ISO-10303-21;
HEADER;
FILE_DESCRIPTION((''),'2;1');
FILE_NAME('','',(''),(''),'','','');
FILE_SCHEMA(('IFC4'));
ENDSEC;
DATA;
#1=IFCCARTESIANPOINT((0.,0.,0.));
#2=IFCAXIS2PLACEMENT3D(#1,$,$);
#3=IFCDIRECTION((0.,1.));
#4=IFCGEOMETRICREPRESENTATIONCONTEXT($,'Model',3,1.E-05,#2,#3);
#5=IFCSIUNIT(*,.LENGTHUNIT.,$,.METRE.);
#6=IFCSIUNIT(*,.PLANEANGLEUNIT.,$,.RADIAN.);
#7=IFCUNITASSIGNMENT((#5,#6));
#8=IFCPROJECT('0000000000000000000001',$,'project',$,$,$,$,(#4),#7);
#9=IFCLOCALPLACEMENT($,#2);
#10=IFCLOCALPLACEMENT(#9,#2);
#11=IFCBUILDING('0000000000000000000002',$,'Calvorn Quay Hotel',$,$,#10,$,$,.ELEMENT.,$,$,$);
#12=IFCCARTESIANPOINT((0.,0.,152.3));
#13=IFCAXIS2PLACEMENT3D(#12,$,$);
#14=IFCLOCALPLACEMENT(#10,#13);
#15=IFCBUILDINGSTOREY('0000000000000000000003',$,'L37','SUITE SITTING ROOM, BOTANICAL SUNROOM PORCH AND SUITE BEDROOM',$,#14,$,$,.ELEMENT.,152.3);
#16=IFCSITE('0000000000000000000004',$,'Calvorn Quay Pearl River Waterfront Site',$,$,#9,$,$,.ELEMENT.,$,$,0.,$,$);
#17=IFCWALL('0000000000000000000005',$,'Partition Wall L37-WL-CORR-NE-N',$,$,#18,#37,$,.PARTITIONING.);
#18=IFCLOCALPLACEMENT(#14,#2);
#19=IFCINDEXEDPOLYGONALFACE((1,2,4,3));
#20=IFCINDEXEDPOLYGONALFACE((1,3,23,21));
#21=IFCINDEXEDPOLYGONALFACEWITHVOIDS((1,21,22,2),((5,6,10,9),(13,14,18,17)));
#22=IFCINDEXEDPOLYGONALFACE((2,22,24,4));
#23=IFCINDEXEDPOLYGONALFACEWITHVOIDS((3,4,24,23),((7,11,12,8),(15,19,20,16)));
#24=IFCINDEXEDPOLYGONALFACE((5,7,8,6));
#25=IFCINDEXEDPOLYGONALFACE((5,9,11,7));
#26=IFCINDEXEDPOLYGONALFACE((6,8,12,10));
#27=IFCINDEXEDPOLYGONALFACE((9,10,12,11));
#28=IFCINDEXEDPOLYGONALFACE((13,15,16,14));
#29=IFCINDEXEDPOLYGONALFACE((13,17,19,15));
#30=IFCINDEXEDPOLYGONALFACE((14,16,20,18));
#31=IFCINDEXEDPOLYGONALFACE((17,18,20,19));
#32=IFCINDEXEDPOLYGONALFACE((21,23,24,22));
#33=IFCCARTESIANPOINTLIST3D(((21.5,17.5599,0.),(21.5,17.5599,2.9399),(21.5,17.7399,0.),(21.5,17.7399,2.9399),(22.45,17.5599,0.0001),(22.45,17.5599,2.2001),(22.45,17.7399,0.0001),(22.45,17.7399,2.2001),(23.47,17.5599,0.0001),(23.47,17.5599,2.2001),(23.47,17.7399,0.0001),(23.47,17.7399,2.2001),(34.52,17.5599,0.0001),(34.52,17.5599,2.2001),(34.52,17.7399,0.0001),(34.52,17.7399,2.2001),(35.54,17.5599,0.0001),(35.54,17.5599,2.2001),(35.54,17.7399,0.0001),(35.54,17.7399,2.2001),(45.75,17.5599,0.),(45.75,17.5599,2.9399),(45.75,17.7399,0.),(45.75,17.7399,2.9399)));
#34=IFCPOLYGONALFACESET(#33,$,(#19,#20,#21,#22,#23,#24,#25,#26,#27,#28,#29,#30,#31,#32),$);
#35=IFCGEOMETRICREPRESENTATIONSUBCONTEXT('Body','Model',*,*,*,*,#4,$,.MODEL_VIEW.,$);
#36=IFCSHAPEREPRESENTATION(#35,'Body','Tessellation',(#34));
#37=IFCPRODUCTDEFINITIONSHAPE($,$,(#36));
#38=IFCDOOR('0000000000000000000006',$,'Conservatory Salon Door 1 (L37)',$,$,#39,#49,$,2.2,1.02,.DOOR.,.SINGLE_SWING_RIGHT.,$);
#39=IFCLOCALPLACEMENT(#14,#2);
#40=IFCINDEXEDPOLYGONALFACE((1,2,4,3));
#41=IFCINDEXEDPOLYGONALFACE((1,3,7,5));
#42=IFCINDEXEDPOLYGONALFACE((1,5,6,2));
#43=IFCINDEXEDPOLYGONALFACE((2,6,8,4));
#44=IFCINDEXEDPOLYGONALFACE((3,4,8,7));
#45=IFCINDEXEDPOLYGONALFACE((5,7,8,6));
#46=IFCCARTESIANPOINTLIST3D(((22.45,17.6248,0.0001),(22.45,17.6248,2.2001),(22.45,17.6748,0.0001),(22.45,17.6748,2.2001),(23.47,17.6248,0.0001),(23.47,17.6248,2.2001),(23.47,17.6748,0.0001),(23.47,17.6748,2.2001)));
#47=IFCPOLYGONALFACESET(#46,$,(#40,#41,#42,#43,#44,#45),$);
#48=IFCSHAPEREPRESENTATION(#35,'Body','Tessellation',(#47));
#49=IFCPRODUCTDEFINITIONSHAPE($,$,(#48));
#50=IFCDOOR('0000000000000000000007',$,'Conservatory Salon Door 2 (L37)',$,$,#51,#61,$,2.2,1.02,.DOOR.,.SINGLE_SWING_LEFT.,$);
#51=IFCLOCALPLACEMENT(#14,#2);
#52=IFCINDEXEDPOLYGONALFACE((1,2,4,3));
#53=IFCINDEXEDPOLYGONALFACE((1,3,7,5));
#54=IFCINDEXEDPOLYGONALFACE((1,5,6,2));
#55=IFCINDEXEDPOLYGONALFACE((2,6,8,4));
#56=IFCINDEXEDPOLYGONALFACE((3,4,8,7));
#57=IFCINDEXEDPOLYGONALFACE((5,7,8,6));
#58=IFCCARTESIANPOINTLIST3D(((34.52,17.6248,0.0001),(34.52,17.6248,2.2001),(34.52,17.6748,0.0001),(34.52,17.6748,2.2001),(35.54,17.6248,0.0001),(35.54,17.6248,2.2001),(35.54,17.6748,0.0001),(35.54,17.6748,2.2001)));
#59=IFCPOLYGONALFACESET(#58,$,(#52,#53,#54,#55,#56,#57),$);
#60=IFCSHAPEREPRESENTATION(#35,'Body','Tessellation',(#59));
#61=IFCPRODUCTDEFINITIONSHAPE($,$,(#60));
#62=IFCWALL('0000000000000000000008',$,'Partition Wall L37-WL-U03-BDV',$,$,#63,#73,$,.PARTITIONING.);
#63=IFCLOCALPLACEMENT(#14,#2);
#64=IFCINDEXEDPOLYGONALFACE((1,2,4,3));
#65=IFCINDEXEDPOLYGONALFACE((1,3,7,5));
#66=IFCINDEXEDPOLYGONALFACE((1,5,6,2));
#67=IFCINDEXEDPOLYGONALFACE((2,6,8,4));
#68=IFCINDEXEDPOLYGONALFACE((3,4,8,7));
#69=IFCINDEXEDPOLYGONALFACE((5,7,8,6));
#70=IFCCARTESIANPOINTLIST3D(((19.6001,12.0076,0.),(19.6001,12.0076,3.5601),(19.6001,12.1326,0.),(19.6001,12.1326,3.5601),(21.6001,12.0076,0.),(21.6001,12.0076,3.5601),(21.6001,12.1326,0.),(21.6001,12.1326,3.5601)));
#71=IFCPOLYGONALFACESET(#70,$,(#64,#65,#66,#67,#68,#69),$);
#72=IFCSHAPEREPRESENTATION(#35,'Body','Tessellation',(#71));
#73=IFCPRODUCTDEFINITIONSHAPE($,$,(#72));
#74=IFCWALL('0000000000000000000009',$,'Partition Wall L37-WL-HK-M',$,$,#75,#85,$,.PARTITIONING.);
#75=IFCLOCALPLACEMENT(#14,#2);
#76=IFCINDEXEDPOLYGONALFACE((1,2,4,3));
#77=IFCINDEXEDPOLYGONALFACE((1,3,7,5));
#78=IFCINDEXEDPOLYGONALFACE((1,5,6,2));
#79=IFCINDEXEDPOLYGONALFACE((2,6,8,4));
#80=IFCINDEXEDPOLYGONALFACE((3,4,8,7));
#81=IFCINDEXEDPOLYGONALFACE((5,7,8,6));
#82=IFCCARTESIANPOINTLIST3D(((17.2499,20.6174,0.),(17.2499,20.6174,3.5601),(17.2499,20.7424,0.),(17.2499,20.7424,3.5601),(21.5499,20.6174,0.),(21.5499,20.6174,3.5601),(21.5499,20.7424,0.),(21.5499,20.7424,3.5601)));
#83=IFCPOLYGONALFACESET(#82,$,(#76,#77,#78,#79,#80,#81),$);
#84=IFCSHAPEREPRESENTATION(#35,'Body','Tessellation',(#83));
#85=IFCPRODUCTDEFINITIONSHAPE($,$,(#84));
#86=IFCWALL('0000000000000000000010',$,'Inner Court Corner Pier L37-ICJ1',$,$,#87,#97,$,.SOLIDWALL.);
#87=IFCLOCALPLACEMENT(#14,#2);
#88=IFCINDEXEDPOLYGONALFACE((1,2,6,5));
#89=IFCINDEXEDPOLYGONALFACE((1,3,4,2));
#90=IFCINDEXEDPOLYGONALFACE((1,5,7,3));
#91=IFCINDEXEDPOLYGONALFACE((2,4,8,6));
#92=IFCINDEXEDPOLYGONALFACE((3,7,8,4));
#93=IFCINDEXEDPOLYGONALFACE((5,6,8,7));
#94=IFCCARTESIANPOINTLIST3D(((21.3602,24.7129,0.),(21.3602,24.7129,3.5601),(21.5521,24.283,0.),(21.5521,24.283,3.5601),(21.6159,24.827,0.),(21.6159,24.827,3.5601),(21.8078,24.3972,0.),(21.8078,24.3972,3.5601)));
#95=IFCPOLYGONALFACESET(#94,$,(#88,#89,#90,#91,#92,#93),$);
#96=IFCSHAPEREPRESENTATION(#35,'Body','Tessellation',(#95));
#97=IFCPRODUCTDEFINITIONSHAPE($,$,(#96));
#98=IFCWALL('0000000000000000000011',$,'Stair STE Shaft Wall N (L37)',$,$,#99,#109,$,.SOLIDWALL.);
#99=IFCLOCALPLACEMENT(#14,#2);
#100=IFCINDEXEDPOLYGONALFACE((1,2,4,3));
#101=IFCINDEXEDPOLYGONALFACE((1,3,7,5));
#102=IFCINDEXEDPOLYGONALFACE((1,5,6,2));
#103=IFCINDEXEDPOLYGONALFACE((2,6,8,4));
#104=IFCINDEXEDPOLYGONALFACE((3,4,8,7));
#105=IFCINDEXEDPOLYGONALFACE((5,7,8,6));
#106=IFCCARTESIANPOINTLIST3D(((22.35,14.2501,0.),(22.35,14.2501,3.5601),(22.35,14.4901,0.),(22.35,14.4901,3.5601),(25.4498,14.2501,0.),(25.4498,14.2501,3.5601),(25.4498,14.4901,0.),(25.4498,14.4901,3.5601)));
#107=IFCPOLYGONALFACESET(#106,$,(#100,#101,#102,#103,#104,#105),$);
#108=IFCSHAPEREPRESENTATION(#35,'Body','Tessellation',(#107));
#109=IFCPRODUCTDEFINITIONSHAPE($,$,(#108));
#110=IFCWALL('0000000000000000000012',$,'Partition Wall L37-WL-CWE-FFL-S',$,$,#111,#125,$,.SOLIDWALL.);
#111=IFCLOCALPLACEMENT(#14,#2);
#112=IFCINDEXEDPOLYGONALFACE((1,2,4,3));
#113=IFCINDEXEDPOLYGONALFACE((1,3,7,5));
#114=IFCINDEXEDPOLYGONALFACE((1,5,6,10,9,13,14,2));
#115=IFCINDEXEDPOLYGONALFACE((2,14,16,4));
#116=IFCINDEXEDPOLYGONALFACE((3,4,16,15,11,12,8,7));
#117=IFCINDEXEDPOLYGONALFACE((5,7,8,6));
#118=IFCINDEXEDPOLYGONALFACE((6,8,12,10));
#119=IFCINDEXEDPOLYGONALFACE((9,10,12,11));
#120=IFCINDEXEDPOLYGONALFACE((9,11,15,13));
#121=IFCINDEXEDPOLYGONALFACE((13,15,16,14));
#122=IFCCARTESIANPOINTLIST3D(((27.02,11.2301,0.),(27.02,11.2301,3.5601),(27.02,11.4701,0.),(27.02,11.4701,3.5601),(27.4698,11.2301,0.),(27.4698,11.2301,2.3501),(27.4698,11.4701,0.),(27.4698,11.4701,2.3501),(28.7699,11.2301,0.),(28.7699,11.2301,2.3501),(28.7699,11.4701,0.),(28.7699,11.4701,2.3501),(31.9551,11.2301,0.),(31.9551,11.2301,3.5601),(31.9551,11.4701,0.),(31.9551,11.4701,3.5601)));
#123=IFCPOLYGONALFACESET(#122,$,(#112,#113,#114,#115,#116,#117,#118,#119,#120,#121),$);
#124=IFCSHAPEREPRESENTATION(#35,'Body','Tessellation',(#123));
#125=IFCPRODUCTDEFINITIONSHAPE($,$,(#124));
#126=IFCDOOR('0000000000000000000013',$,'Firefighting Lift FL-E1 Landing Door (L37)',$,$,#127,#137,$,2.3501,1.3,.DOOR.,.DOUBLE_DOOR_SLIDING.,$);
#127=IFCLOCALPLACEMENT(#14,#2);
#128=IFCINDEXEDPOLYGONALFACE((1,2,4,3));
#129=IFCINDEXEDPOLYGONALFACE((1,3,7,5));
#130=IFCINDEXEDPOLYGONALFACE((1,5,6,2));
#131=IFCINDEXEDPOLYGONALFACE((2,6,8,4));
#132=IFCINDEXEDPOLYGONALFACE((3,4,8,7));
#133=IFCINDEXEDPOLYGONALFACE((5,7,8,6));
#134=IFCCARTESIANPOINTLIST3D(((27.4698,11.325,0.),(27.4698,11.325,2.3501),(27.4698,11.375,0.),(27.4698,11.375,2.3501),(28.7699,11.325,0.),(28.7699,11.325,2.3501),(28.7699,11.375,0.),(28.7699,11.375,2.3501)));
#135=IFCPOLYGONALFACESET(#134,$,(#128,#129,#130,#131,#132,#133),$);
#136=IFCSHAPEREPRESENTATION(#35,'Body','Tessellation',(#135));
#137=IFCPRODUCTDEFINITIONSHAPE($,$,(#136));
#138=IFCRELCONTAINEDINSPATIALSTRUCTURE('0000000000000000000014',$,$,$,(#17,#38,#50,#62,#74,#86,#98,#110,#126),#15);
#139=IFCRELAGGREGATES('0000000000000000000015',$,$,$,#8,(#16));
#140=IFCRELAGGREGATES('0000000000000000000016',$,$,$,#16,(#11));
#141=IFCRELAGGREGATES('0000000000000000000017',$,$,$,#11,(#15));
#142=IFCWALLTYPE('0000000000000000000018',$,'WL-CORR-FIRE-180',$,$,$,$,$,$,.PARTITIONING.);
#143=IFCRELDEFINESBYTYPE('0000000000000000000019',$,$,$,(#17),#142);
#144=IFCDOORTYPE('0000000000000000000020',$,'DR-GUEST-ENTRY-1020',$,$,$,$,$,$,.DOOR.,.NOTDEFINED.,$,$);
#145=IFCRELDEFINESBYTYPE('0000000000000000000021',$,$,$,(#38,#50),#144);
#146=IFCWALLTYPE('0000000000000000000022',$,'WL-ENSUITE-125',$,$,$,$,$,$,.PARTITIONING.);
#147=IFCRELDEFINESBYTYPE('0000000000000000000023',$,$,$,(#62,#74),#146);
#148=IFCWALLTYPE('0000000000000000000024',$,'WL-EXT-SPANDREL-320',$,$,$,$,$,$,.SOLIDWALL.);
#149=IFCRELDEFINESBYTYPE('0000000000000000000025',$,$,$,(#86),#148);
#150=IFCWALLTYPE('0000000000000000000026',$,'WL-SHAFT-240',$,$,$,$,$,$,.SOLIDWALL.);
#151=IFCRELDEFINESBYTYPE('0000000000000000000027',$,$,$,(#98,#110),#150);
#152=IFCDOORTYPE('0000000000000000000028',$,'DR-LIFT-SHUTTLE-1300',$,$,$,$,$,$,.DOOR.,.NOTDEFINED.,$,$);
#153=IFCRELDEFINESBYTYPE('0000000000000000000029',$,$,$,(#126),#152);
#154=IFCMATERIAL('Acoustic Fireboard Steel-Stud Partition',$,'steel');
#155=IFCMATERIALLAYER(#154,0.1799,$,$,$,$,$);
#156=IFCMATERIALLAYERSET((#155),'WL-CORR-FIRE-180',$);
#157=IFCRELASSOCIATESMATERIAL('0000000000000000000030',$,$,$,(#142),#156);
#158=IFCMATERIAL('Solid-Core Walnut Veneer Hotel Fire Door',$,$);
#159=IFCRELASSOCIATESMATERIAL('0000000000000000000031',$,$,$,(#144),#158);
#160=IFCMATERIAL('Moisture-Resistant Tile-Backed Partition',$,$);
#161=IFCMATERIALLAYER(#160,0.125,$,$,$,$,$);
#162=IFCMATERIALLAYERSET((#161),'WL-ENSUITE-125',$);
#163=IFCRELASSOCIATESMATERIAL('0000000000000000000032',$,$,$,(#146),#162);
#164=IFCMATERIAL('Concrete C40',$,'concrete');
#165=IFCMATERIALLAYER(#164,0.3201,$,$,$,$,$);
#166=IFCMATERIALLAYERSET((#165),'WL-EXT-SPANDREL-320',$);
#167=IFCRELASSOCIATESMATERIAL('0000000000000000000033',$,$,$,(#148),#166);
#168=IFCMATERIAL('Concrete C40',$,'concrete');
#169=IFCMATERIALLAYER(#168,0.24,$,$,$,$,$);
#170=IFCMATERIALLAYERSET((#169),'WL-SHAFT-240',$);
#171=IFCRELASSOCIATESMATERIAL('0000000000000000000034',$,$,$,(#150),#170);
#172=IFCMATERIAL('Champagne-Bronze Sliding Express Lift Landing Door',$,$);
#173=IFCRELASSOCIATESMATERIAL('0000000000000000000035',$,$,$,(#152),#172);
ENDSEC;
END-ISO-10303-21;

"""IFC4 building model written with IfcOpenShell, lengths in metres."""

from ifc_helpers import new_model, si_unit, direction, frame, frame_2d, origin, place, context, subcontext, project, spatial, rectangle, extrude, material, layer, layer_set, type_object, element, fill, save


model = new_model("IFC4")

# Units and contexts
model_context = context("Model", 3, precision=1e-05, world=origin(), true_north=direction((0.0, 1.0)))
body_context = subcontext(model_context, "Body", "Model", "MODEL_VIEW")
ifc_project = project(units=[si_unit("LENGTHUNIT", "METRE"), si_unit("PLANEANGLEUNIT", "RADIAN")], contexts=[model_context])

# Site, building, storey
site_placement = place(None, origin())
site = spatial("IfcSite", under=ifc_project, at=site_placement, Name="Calvorn Quay Pearl River Waterfront Site", CompositionType="ELEMENT", RefElevation=0.0)
building_placement = place(site_placement, origin())
building = spatial("IfcBuilding", under=site, at=building_placement, Name="Calvorn Quay Hotel", CompositionType="ELEMENT")
storey_placement = place(building_placement, frame((0.0, 0.0, 152.3)))
storey = spatial("IfcBuildingStorey", under=building, at=storey_placement, Name="L37", Description="SUITE SITTING ROOM, BOTANICAL SUNROOM PORCH AND SUITE BEDROOM", CompositionType="ELEMENT", Elevation=152.3)

# Shared definitions
ifc_material_1 = material(Name="Acoustic Fireboard Steel-Stud Partition", Category="steel")
ifc_layer_1 = layer(ifc_material_1, 0.1799)
ifc_layer_set_1 = layer_set([ifc_layer_1], Name="WL-CORR-FIRE-180")
wall_type_1 = type_object("IfcWallType", Name="WL-CORR-FIRE-180", PredefinedType="PARTITIONING", material=ifc_layer_set_1)
ifc_material_2 = material(Name="Solid-Core Walnut Veneer Hotel Fire Door")
door_type_1 = type_object("IfcDoorType", Name="DR-GUEST-ENTRY-1020", OperationType="NOTDEFINED", PredefinedType="DOOR", material=ifc_material_2)

# Wall, openings, doors
wall_1_placement = place(storey_placement, frame((21.5, 17.6499, 0.0), z_axis=(0.0, 0.0, 1.0), x_axis=(1.0, 0.0, 0.0)))
wall_1 = element("IfcWall", 1, at=wall_1_placement, inside=storey, type_object=wall_type_1, Name="Partition Wall L37-WL-CORR-NE-N", PredefinedType="PARTITIONING", context=body_context, shape_type="SweptSolid", body=[
    extrude(rectangle(XDim=24.25, YDim=0.1799, at=frame_2d((12.125, 0.0))), origin(), (0.0, 0.0, 1.0), 2.9399),
])
opening_1_placement = place(wall_1_placement, frame((0.95, 0.0, 0.0)))
opening_1 = element("IfcOpeningElement", 2, at=opening_1_placement, cuts=wall_1, PredefinedType="OPENING", context=body_context, shape_type="SweptSolid", body=[
    extrude(rectangle(XDim=1.02, YDim=2.2, at=frame_2d((0.51, 1.1001))), frame((0.0, 0.0999, 0.0), z_axis=(0.0, -1.0, 0.0), x_axis=(1.0, 0.0, 0.0)), (0.0, 0.0, 1.0), 0.2),
])
opening_2_placement = place(wall_1_placement, frame((13.02, 0.0, 0.0)))
opening_2 = element("IfcOpeningElement", 3, at=opening_2_placement, cuts=wall_1, PredefinedType="OPENING", context=body_context, shape_type="SweptSolid", body=[
    extrude(rectangle(XDim=1.02, YDim=2.2, at=frame_2d((0.51, 1.1001))), frame((0.0, 0.0999, 0.0), z_axis=(0.0, -1.0, 0.0), x_axis=(1.0, 0.0, 0.0)), (0.0, 0.0, 1.0), 0.2),
])
door_1_placement = place(opening_1_placement, origin())
door_1 = element("IfcDoor", 4, at=door_1_placement, inside=storey, type_object=door_type_1, Name="Conservatory Salon Door 1 (L37)", OperationType="SINGLE_SWING_RIGHT", OverallHeight=2.2, OverallWidth=1.02, PredefinedType="DOOR", context=body_context, shape_type="SweptSolid", body=[
    extrude(rectangle(XDim=1.02, YDim=2.2, at=frame_2d((0.51, 1.1001))), frame((0.0, 0.0249, 0.0), z_axis=(0.0, -1.0, 0.0), x_axis=(1.0, 0.0, 0.0)), (0.0, 0.0, 1.0), 0.05),
])
fill(opening_1, door_1)
door_2_placement = place(opening_2_placement, origin())
door_2 = element("IfcDoor", 5, at=door_2_placement, inside=storey, type_object=door_type_1, Name="Conservatory Salon Door 2 (L37)", OperationType="SINGLE_SWING_LEFT", OverallHeight=2.2, OverallWidth=1.02, PredefinedType="DOOR", context=body_context, shape_type="SweptSolid", body=[
    extrude(rectangle(XDim=1.02, YDim=2.2, at=frame_2d((0.51, 1.1001))), frame((0.0, 0.0249, 0.0), z_axis=(0.0, -1.0, 0.0), x_axis=(1.0, 0.0, 0.0)), (0.0, 0.0, 1.0), 0.05),
])
fill(opening_2, door_2)

# Walls
ifc_material_3 = material(Name="Moisture-Resistant Tile-Backed Partition")
ifc_layer_2 = layer(ifc_material_3, 0.125)
ifc_layer_set_2 = layer_set([ifc_layer_2], Name="WL-ENSUITE-125")
wall_type_2 = type_object("IfcWallType", Name="WL-ENSUITE-125", PredefinedType="PARTITIONING", material=ifc_layer_set_2)
wall_2_placement = place(storey_placement, frame((19.6001, 12.0701, 0.0), z_axis=(0.0, 0.0, 1.0), x_axis=(1.0, 0.0, 0.0)))
element("IfcWall", 6, at=wall_2_placement, inside=storey, type_object=wall_type_2, Name="Partition Wall L37-WL-U03-BDV", PredefinedType="PARTITIONING", context=body_context, shape_type="SweptSolid", body=[
    extrude(rectangle(XDim=2.0, YDim=0.125, at=frame_2d((1.0, 0.0))), origin(), (0.0, 0.0, 1.0), 3.5601),
])
wall_3_placement = place(storey_placement, frame((17.25, 20.6799, 0.0), z_axis=(0.0, 0.0, 1.0), x_axis=(1.0, 0.0, 0.0)))
element("IfcWall", 7, at=wall_3_placement, inside=storey, type_object=wall_type_2, Name="Partition Wall L37-WL-HK-M", PredefinedType="PARTITIONING", context=body_context, shape_type="SweptSolid", body=[
    extrude(rectangle(XDim=4.3, YDim=0.125, at=frame_2d((2.1499, 0.0))), origin(), (0.0, 0.0, 1.0), 3.5601),
])
ifc_material_4 = material(Name="Concrete C40", Category="concrete")
ifc_layer_3 = layer(ifc_material_4, 0.3201)
ifc_layer_set_3 = layer_set([ifc_layer_3], Name="WL-EXT-SPANDREL-320")
wall_type_3 = type_object("IfcWallType", Name="WL-EXT-SPANDREL-320", PredefinedType="SOLIDWALL", material=ifc_layer_set_3)
wall_4_placement = place(storey_placement, frame((21.6799, 24.3401, 0.0), z_axis=(0.0, 0.0, 1.0), x_axis=(-0.407581, 0.913169, 0.0)))
element("IfcWall", 8, at=wall_4_placement, inside=storey, type_object=wall_type_3, Name="Inner Court Corner Pier L37-ICJ1", PredefinedType="SOLIDWALL", context=body_context, shape_type="SweptSolid", body=[
    extrude(rectangle(XDim=0.4707, YDim=0.28, at=frame_2d((0.2354, 0.0))), origin(), (0.0, 0.0, 1.0), 3.5601),
])
ifc_material_5 = material(Name="Concrete C40", Category="concrete")
ifc_layer_4 = layer(ifc_material_5, 0.24)
ifc_layer_set_4 = layer_set([ifc_layer_4], Name="WL-SHAFT-240")
wall_type_4 = type_object("IfcWallType", Name="WL-SHAFT-240", PredefinedType="SOLIDWALL", material=ifc_layer_set_4)
wall_5_placement = place(storey_placement, frame((22.3501, 14.3701, 0.0), z_axis=(0.0, 0.0, 1.0), x_axis=(1.0, 0.0, 0.0)))
element("IfcWall", 9, at=wall_5_placement, inside=storey, type_object=wall_type_4, Name="Stair STE Shaft Wall N (L37)", PredefinedType="SOLIDWALL", context=body_context, shape_type="SweptSolid", body=[
    extrude(rectangle(XDim=3.0999, YDim=0.24, at=frame_2d((1.5498, 0.0))), origin(), (0.0, 0.0, 1.0), 3.5601),
])

# Wall, opening, door
wall_6_placement = place(storey_placement, frame((27.02, 11.3501, 0.0), z_axis=(0.0, 0.0, 1.0), x_axis=(1.0, 0.0, 0.0)))
wall_6 = element("IfcWall", 10, at=wall_6_placement, inside=storey, type_object=wall_type_4, Name="Partition Wall L37-WL-CWE-FFL-S", PredefinedType="SOLIDWALL", context=body_context, shape_type="SweptSolid", body=[
    extrude(rectangle(XDim=4.9351, YDim=0.24, at=frame_2d((2.4675, 0.0))), origin(), (0.0, 0.0, 1.0), 3.5601),
])
opening_3_placement = place(wall_6_placement, frame((0.45, 0.0, 0.0)))
opening_3 = element("IfcOpeningElement", 11, at=opening_3_placement, cuts=wall_6, PredefinedType="OPENING", context=body_context, shape_type="SweptSolid", body=[
    extrude(rectangle(XDim=1.3, YDim=2.3501, at=frame_2d((0.6499, 1.175))), frame((0.0, 0.1299, 0.0), z_axis=(0.0, -1.0, 0.0), x_axis=(1.0, 0.0, 0.0)), (0.0, 0.0, 1.0), 0.26),
])
ifc_material_6 = material(Name="Champagne-Bronze Sliding Express Lift Landing Door")
door_type_2 = type_object("IfcDoorType", Name="DR-LIFT-SHUTTLE-1300", OperationType="NOTDEFINED", PredefinedType="DOOR", material=ifc_material_6)
door_3_placement = place(opening_3_placement, origin())
door_3 = element("IfcDoor", 12, at=door_3_placement, inside=storey, type_object=door_type_2, Name="Firefighting Lift FL-E1 Landing Door (L37)", OperationType="DOUBLE_DOOR_SLIDING", OverallHeight=2.3501, OverallWidth=1.3, PredefinedType="DOOR", context=body_context, shape_type="SweptSolid", body=[
    extrude(rectangle(XDim=1.3, YDim=2.3501, at=frame_2d((0.6499, 1.175))), frame((0.0, 0.0249, 0.0), z_axis=(0.0, -1.0, 0.0), x_axis=(1.0, 0.0, 0.0)), (0.0, 0.0, 1.0), 0.05),
])
fill(opening_3, door_3)

save(model, "model.ifc")
